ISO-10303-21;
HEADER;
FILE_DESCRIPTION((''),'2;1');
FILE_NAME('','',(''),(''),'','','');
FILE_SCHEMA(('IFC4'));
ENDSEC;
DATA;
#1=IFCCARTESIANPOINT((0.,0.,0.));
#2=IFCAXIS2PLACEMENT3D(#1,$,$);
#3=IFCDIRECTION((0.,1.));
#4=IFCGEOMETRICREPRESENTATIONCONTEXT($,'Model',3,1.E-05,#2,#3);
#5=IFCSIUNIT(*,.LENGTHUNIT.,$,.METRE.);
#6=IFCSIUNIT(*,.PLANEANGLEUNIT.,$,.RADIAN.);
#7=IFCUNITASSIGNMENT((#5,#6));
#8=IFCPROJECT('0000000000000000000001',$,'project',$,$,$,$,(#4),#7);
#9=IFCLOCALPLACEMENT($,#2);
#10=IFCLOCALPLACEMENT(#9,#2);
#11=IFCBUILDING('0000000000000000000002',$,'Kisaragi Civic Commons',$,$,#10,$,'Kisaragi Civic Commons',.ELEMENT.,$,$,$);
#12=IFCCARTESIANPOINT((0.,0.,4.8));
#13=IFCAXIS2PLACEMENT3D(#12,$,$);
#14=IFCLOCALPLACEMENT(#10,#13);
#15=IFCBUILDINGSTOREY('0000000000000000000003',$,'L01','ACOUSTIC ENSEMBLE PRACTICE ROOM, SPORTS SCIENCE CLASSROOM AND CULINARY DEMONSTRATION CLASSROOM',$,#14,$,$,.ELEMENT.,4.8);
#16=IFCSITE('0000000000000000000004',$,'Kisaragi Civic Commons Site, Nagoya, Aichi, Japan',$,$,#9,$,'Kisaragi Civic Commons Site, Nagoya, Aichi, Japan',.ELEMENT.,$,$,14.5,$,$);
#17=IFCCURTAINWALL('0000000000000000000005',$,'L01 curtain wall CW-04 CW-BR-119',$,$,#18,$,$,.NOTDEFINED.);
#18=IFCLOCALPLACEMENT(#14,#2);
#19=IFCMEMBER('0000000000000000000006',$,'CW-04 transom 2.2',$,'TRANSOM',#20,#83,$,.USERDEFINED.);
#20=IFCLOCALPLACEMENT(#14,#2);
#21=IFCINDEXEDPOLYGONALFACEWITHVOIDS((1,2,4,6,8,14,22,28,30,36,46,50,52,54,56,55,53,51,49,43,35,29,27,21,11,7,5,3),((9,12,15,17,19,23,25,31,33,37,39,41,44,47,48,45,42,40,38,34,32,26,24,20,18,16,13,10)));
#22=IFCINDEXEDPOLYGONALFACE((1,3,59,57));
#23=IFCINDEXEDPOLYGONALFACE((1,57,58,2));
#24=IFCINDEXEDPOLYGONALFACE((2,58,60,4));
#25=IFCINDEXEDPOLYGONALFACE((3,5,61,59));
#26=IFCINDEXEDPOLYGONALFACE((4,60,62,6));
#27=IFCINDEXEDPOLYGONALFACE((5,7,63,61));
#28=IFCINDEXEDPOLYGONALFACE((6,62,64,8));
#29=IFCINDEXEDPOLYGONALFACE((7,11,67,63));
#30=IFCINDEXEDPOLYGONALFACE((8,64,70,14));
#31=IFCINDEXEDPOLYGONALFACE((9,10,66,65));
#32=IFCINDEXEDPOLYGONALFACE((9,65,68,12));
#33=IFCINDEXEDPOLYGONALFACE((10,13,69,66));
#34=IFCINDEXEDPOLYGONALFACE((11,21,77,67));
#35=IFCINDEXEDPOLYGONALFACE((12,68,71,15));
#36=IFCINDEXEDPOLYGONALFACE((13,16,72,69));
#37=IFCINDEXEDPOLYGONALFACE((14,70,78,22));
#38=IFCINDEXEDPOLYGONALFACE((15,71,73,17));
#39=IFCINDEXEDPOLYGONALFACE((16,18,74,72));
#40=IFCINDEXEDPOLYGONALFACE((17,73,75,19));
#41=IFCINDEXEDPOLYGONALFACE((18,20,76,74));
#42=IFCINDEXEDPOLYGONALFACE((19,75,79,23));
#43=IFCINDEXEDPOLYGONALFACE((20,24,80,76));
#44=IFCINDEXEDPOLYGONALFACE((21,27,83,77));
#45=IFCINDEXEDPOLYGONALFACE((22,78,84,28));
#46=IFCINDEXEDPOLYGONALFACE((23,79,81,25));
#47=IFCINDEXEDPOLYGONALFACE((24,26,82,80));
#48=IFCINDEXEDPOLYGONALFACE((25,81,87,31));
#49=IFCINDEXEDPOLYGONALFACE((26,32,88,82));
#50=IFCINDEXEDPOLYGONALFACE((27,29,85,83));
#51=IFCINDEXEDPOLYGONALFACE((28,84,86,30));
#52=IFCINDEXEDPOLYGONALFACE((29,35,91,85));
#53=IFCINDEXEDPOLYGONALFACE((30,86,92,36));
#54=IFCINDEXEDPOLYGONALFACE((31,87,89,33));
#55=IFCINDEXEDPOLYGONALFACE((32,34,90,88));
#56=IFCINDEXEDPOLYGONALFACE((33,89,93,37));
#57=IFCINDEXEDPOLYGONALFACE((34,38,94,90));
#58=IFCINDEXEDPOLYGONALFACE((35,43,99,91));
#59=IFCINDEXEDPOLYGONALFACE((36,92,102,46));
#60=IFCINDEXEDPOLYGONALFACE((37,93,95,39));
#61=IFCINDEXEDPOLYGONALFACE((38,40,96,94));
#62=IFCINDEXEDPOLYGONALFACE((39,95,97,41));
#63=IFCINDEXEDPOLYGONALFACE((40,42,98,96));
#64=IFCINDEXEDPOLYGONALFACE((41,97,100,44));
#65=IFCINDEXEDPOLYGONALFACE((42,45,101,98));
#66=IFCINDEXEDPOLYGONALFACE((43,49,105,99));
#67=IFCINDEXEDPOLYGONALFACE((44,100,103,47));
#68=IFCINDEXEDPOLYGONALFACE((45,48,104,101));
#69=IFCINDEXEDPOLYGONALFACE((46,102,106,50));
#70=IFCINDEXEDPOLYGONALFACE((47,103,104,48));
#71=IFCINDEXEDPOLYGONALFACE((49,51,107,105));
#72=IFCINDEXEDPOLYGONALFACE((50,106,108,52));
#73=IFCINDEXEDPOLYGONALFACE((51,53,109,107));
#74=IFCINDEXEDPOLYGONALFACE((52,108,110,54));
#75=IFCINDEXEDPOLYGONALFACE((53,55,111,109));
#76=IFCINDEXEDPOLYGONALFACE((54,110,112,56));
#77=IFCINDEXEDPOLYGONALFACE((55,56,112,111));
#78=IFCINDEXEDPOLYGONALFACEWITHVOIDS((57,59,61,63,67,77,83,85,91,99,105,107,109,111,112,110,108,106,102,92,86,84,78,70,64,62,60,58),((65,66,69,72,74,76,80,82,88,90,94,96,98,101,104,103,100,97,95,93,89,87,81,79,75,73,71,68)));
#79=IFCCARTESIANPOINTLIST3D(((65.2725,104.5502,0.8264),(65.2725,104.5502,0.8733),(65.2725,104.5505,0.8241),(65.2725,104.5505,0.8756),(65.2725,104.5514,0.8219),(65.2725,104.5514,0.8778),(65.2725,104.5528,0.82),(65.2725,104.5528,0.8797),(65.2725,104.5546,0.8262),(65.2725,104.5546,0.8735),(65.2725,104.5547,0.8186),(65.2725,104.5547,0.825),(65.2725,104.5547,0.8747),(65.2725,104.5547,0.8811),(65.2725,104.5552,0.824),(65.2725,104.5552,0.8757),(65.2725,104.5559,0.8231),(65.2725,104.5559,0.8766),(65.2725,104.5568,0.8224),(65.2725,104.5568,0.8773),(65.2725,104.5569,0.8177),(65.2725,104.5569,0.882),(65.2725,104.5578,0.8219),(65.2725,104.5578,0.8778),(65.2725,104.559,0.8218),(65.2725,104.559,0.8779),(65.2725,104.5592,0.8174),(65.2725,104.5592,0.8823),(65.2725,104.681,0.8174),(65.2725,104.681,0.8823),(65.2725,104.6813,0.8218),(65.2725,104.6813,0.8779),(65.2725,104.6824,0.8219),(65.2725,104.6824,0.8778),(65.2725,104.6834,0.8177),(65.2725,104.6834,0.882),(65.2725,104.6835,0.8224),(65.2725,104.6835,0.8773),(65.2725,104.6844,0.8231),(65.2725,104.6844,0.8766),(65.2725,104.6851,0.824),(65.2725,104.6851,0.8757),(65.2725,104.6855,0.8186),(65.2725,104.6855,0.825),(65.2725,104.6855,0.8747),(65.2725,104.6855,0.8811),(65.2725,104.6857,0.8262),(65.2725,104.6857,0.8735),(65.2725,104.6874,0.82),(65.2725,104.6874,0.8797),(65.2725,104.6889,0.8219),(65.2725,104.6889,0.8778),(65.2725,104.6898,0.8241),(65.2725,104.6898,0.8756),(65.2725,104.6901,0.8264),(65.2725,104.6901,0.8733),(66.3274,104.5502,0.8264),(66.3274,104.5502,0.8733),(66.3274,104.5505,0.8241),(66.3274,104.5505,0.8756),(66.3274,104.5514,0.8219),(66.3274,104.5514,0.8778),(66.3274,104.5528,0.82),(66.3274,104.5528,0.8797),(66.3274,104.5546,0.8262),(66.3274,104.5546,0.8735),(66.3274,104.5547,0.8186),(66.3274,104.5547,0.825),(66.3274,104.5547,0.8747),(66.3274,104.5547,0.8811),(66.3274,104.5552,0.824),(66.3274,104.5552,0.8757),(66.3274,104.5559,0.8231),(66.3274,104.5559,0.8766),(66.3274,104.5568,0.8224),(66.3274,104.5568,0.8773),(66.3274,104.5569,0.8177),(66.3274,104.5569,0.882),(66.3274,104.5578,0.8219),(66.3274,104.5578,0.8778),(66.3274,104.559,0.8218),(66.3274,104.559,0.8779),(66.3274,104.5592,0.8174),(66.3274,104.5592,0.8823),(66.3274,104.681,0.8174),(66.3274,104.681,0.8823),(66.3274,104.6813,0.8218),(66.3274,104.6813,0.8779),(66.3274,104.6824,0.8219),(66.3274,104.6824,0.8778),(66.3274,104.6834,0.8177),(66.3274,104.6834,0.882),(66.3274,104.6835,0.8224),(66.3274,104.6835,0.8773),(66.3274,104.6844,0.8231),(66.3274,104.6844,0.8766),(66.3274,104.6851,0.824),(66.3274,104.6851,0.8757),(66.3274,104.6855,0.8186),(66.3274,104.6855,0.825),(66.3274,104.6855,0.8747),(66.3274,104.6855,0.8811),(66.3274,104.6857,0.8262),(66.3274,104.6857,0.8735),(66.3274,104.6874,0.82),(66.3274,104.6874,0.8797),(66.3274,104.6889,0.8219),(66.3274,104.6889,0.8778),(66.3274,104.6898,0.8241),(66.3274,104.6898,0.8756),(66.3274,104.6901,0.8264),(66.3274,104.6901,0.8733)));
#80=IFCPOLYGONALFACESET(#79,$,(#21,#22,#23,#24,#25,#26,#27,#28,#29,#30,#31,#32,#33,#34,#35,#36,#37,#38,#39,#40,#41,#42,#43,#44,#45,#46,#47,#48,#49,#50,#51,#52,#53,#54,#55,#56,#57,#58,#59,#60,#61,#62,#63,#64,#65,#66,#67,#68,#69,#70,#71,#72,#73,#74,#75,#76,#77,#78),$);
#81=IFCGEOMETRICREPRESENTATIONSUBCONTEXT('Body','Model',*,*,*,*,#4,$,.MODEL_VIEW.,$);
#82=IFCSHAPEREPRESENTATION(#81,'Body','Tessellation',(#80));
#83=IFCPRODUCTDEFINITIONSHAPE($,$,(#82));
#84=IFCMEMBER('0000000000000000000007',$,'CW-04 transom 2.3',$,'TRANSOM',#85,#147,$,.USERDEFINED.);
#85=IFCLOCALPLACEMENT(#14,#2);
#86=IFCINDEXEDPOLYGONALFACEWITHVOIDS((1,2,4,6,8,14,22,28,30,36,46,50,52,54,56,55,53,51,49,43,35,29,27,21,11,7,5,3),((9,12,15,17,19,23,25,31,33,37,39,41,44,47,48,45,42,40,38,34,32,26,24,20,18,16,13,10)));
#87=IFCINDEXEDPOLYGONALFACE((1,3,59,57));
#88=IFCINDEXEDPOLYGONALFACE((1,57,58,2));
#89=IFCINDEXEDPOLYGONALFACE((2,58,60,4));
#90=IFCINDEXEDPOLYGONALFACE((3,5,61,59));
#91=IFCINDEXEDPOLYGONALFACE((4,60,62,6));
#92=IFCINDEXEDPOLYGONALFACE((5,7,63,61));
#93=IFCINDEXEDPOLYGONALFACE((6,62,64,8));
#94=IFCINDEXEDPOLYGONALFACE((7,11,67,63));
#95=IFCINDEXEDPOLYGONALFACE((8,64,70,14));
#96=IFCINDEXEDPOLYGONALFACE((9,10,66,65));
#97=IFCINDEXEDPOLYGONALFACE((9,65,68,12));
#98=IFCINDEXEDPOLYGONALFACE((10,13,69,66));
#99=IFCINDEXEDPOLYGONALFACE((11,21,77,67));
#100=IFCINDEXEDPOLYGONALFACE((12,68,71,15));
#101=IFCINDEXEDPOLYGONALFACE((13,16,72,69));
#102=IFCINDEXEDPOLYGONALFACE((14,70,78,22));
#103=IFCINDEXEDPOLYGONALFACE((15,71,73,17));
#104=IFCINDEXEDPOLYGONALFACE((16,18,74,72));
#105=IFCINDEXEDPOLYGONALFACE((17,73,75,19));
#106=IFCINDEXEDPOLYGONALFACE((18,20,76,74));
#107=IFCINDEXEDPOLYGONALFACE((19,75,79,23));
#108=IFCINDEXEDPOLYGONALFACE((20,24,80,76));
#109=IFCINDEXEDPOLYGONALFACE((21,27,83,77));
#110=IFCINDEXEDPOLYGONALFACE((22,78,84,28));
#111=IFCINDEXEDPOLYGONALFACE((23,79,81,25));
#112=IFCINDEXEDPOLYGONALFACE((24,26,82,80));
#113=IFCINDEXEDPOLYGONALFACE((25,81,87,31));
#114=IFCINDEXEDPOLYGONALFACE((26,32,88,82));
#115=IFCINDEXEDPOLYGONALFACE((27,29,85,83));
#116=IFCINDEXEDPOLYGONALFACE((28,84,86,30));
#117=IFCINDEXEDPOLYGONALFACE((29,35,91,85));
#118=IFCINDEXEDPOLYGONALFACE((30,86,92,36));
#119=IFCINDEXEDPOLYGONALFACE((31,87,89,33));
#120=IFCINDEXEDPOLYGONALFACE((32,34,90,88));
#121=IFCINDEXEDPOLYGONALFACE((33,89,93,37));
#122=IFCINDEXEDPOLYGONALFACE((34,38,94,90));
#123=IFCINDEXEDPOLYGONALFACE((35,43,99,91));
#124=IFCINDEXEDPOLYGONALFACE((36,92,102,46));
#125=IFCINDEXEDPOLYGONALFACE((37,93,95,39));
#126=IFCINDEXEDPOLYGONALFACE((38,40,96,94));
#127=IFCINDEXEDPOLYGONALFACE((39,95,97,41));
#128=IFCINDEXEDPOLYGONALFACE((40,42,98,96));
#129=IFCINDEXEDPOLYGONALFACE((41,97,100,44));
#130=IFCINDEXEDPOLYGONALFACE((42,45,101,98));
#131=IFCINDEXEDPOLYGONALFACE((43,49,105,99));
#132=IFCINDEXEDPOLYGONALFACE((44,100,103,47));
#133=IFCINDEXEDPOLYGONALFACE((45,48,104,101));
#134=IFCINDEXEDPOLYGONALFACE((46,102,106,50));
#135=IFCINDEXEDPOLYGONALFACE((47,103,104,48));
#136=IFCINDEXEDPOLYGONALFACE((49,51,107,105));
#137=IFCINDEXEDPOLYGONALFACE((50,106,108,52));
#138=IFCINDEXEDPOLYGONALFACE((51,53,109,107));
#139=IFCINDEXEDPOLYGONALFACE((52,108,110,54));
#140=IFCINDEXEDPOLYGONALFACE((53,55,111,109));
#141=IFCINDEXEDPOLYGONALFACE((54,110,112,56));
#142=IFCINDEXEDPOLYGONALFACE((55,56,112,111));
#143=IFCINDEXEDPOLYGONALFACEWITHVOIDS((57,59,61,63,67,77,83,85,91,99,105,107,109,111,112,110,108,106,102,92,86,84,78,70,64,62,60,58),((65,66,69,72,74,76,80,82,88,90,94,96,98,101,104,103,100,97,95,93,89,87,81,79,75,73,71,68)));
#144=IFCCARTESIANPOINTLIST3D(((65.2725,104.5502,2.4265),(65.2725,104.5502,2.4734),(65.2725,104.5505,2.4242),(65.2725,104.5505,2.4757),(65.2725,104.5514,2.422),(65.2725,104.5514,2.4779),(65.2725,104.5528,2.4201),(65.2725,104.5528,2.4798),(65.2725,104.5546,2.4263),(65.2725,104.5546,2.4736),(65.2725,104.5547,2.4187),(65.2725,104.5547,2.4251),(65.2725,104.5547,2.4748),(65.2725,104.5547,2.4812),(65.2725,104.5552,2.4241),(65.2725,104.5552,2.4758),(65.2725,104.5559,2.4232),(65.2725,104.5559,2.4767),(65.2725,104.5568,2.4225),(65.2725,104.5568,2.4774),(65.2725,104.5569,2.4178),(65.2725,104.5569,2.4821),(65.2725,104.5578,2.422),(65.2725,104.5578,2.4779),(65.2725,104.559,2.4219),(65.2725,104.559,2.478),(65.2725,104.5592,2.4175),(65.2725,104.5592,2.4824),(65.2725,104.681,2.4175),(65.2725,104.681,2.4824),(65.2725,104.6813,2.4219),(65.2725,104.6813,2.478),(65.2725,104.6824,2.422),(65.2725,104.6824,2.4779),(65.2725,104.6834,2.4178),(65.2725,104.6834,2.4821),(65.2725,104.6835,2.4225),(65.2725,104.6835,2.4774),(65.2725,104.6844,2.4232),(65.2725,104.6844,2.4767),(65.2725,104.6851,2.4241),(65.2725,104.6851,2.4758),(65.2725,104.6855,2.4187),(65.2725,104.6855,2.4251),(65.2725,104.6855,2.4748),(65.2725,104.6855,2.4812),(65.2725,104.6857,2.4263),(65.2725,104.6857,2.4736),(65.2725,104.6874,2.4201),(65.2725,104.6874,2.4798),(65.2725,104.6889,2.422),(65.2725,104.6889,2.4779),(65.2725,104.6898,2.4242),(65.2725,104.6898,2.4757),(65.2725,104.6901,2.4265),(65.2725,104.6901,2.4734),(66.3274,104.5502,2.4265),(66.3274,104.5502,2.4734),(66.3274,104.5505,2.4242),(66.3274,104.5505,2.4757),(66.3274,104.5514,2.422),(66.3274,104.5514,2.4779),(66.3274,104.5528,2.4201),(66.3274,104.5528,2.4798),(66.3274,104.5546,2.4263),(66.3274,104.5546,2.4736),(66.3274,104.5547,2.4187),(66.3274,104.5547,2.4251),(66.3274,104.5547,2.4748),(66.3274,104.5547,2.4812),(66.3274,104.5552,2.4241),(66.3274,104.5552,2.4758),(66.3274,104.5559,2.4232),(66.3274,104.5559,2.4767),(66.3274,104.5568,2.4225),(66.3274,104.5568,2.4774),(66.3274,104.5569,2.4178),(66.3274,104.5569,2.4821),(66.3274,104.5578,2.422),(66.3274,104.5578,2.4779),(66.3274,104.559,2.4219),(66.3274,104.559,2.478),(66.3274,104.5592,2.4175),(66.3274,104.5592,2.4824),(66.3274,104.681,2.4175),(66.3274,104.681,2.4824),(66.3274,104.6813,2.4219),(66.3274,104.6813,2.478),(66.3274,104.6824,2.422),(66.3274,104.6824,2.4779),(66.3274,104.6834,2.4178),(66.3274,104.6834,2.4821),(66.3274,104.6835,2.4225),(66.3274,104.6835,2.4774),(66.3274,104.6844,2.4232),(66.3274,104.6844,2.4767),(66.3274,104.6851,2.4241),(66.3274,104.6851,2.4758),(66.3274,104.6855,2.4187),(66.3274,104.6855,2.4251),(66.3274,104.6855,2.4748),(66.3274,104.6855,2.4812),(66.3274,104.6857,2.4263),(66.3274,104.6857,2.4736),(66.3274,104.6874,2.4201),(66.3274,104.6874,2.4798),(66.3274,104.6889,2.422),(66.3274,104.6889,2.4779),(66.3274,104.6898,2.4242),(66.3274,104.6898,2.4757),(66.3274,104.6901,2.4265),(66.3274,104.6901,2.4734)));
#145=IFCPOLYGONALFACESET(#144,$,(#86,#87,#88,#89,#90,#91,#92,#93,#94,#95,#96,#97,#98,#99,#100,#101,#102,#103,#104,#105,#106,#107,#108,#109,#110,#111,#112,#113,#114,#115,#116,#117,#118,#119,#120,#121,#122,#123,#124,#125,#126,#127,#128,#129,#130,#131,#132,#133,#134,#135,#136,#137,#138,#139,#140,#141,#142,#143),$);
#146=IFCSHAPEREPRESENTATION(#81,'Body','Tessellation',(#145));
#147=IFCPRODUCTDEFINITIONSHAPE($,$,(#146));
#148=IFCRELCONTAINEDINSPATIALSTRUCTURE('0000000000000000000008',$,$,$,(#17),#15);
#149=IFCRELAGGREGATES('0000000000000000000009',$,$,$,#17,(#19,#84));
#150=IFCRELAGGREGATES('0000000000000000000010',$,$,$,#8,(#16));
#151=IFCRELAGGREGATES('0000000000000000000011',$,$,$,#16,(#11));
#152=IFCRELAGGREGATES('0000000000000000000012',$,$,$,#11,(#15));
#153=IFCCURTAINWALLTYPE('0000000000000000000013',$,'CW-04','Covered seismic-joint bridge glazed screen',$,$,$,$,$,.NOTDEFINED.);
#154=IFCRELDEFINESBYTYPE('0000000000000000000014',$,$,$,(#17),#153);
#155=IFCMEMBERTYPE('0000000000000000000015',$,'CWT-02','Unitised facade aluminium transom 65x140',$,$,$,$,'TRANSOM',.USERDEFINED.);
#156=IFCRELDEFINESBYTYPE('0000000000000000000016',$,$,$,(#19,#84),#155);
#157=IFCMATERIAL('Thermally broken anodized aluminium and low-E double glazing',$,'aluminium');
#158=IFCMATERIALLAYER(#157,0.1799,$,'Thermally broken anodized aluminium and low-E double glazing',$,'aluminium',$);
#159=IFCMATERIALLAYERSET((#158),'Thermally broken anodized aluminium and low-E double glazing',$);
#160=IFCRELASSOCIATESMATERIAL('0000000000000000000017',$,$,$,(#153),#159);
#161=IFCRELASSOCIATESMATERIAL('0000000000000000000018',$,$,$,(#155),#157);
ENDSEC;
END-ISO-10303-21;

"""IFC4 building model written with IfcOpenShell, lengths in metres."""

from ifc_helpers import new_model, si_unit, direction, frame, origin, origin_2d, place, context, subcontext, project, spatial, hollow_rectangle, extrude, material, layer, layer_set, material_profile, profile_set, type_object, element, aggregate, save


model = new_model("IFC4")

# Units and contexts
model_context = context("Model", 3, precision=1e-05, world=origin(), true_north=direction((0.0, 1.0)))
body_context = subcontext(model_context, "Body", "Model", "MODEL_VIEW")
ifc_project = project(units=[si_unit("LENGTHUNIT", "METRE"), si_unit("PLANEANGLEUNIT", "RADIAN")], contexts=[model_context])

# Site, building, storey
site_placement = place(None, origin())
site = spatial("IfcSite", under=ifc_project, at=site_placement, Name="Kisaragi Civic Commons Site, Nagoya, Aichi, Japan", LongName="Kisaragi Civic Commons Site, Nagoya, Aichi, Japan", CompositionType="ELEMENT", RefElevation=14.5)
building_placement = place(site_placement, origin())
building = spatial("IfcBuilding", under=site, at=building_placement, Name="Kisaragi Civic Commons", LongName="Kisaragi Civic Commons", CompositionType="ELEMENT")
storey_placement = place(building_placement, frame((0.0, 0.0, 4.8)))
storey = spatial("IfcBuildingStorey", under=building, at=storey_placement, Name="L01", Description="ACOUSTIC ENSEMBLE PRACTICE ROOM, SPORTS SCIENCE CLASSROOM AND CULINARY DEMONSTRATION CLASSROOM", CompositionType="ELEMENT", Elevation=4.8)

# Curtain wall
ifc_material_1 = material(Name="Thermally broken anodized aluminium and low-E double glazing", Category="aluminium")
ifc_layer_1 = layer(ifc_material_1, 0.1799, Name="Thermally broken anodized aluminium and low-E double glazing", Category="aluminium")
ifc_layer_set_1 = layer_set([ifc_layer_1], Name="Thermally broken anodized aluminium and low-E double glazing")
curtain_wall_type = type_object("IfcCurtainWallType", Name="CW-04", Description="Covered seismic-joint bridge glazed screen", PredefinedType="NOTDEFINED", material=ifc_layer_set_1)
curtain_wall_1_placement = place(storey_placement, origin())
curtain_wall_1 = element("IfcCurtainWall", 1, at=curtain_wall_1_placement, inside=storey, type_object=curtain_wall_type, Name="L01 curtain wall CW-04 CW-BR-119", PredefinedType="NOTDEFINED")

# Members
ifc_material_profile_1 = material_profile(ifc_material_1, hollow_rectangle(XDim=0.1399, YDim=0.0649, WallThickness=0.0044, InnerFilletRadius=0.0044, OuterFilletRadius=0.009, at=origin_2d()), Name="CWT-65x140x4.5", Category="aluminium")
ifc_profile_set_1 = profile_set([ifc_material_profile_1], Name="Thermally broken anodized aluminium and low-E double glazing")
member_type_1 = type_object("IfcMemberType", Name="CWT-02", Description="Unitised facade aluminium transom 65x140", ElementType="TRANSOM", PredefinedType="USERDEFINED", material=ifc_profile_set_1)
member_1_placement = place(storey_placement, frame((65.2725, 104.6201, 0.8499), z_axis=(1.0, 0.0, 0.0), x_axis=(0.0, 1.0, 0.0)))
member_1 = element("IfcMember", 2, at=member_1_placement, type_object=member_type_1, Name="CW-04 transom 2.2", ObjectType="TRANSOM", PredefinedType="USERDEFINED", context=body_context, shape_type="SweptSolid", body=[
    extrude(hollow_rectangle(XDim=0.1399, YDim=0.0649, WallThickness=0.0044, InnerFilletRadius=0.0044, OuterFilletRadius=0.009, at=origin_2d()), origin(), (0.0, 0.0, 1.0), 1.0549),
])
member_2_placement = place(storey_placement, frame((65.2725, 104.6201, 2.45), z_axis=(1.0, 0.0, 0.0), x_axis=(0.0, 1.0, 0.0)))
member_2 = element("IfcMember", 3, at=member_2_placement, type_object=member_type_1, Name="CW-04 transom 2.3", ObjectType="TRANSOM", PredefinedType="USERDEFINED", context=body_context, shape_type="SweptSolid", body=[
    extrude(hollow_rectangle(XDim=0.1399, YDim=0.0649, WallThickness=0.0044, InnerFilletRadius=0.0044, OuterFilletRadius=0.009, at=origin_2d()), origin(), (0.0, 0.0, 1.0), 1.0549),
])

aggregate(curtain_wall_1, [member_1, member_2])

save(model, "model.ifc")
